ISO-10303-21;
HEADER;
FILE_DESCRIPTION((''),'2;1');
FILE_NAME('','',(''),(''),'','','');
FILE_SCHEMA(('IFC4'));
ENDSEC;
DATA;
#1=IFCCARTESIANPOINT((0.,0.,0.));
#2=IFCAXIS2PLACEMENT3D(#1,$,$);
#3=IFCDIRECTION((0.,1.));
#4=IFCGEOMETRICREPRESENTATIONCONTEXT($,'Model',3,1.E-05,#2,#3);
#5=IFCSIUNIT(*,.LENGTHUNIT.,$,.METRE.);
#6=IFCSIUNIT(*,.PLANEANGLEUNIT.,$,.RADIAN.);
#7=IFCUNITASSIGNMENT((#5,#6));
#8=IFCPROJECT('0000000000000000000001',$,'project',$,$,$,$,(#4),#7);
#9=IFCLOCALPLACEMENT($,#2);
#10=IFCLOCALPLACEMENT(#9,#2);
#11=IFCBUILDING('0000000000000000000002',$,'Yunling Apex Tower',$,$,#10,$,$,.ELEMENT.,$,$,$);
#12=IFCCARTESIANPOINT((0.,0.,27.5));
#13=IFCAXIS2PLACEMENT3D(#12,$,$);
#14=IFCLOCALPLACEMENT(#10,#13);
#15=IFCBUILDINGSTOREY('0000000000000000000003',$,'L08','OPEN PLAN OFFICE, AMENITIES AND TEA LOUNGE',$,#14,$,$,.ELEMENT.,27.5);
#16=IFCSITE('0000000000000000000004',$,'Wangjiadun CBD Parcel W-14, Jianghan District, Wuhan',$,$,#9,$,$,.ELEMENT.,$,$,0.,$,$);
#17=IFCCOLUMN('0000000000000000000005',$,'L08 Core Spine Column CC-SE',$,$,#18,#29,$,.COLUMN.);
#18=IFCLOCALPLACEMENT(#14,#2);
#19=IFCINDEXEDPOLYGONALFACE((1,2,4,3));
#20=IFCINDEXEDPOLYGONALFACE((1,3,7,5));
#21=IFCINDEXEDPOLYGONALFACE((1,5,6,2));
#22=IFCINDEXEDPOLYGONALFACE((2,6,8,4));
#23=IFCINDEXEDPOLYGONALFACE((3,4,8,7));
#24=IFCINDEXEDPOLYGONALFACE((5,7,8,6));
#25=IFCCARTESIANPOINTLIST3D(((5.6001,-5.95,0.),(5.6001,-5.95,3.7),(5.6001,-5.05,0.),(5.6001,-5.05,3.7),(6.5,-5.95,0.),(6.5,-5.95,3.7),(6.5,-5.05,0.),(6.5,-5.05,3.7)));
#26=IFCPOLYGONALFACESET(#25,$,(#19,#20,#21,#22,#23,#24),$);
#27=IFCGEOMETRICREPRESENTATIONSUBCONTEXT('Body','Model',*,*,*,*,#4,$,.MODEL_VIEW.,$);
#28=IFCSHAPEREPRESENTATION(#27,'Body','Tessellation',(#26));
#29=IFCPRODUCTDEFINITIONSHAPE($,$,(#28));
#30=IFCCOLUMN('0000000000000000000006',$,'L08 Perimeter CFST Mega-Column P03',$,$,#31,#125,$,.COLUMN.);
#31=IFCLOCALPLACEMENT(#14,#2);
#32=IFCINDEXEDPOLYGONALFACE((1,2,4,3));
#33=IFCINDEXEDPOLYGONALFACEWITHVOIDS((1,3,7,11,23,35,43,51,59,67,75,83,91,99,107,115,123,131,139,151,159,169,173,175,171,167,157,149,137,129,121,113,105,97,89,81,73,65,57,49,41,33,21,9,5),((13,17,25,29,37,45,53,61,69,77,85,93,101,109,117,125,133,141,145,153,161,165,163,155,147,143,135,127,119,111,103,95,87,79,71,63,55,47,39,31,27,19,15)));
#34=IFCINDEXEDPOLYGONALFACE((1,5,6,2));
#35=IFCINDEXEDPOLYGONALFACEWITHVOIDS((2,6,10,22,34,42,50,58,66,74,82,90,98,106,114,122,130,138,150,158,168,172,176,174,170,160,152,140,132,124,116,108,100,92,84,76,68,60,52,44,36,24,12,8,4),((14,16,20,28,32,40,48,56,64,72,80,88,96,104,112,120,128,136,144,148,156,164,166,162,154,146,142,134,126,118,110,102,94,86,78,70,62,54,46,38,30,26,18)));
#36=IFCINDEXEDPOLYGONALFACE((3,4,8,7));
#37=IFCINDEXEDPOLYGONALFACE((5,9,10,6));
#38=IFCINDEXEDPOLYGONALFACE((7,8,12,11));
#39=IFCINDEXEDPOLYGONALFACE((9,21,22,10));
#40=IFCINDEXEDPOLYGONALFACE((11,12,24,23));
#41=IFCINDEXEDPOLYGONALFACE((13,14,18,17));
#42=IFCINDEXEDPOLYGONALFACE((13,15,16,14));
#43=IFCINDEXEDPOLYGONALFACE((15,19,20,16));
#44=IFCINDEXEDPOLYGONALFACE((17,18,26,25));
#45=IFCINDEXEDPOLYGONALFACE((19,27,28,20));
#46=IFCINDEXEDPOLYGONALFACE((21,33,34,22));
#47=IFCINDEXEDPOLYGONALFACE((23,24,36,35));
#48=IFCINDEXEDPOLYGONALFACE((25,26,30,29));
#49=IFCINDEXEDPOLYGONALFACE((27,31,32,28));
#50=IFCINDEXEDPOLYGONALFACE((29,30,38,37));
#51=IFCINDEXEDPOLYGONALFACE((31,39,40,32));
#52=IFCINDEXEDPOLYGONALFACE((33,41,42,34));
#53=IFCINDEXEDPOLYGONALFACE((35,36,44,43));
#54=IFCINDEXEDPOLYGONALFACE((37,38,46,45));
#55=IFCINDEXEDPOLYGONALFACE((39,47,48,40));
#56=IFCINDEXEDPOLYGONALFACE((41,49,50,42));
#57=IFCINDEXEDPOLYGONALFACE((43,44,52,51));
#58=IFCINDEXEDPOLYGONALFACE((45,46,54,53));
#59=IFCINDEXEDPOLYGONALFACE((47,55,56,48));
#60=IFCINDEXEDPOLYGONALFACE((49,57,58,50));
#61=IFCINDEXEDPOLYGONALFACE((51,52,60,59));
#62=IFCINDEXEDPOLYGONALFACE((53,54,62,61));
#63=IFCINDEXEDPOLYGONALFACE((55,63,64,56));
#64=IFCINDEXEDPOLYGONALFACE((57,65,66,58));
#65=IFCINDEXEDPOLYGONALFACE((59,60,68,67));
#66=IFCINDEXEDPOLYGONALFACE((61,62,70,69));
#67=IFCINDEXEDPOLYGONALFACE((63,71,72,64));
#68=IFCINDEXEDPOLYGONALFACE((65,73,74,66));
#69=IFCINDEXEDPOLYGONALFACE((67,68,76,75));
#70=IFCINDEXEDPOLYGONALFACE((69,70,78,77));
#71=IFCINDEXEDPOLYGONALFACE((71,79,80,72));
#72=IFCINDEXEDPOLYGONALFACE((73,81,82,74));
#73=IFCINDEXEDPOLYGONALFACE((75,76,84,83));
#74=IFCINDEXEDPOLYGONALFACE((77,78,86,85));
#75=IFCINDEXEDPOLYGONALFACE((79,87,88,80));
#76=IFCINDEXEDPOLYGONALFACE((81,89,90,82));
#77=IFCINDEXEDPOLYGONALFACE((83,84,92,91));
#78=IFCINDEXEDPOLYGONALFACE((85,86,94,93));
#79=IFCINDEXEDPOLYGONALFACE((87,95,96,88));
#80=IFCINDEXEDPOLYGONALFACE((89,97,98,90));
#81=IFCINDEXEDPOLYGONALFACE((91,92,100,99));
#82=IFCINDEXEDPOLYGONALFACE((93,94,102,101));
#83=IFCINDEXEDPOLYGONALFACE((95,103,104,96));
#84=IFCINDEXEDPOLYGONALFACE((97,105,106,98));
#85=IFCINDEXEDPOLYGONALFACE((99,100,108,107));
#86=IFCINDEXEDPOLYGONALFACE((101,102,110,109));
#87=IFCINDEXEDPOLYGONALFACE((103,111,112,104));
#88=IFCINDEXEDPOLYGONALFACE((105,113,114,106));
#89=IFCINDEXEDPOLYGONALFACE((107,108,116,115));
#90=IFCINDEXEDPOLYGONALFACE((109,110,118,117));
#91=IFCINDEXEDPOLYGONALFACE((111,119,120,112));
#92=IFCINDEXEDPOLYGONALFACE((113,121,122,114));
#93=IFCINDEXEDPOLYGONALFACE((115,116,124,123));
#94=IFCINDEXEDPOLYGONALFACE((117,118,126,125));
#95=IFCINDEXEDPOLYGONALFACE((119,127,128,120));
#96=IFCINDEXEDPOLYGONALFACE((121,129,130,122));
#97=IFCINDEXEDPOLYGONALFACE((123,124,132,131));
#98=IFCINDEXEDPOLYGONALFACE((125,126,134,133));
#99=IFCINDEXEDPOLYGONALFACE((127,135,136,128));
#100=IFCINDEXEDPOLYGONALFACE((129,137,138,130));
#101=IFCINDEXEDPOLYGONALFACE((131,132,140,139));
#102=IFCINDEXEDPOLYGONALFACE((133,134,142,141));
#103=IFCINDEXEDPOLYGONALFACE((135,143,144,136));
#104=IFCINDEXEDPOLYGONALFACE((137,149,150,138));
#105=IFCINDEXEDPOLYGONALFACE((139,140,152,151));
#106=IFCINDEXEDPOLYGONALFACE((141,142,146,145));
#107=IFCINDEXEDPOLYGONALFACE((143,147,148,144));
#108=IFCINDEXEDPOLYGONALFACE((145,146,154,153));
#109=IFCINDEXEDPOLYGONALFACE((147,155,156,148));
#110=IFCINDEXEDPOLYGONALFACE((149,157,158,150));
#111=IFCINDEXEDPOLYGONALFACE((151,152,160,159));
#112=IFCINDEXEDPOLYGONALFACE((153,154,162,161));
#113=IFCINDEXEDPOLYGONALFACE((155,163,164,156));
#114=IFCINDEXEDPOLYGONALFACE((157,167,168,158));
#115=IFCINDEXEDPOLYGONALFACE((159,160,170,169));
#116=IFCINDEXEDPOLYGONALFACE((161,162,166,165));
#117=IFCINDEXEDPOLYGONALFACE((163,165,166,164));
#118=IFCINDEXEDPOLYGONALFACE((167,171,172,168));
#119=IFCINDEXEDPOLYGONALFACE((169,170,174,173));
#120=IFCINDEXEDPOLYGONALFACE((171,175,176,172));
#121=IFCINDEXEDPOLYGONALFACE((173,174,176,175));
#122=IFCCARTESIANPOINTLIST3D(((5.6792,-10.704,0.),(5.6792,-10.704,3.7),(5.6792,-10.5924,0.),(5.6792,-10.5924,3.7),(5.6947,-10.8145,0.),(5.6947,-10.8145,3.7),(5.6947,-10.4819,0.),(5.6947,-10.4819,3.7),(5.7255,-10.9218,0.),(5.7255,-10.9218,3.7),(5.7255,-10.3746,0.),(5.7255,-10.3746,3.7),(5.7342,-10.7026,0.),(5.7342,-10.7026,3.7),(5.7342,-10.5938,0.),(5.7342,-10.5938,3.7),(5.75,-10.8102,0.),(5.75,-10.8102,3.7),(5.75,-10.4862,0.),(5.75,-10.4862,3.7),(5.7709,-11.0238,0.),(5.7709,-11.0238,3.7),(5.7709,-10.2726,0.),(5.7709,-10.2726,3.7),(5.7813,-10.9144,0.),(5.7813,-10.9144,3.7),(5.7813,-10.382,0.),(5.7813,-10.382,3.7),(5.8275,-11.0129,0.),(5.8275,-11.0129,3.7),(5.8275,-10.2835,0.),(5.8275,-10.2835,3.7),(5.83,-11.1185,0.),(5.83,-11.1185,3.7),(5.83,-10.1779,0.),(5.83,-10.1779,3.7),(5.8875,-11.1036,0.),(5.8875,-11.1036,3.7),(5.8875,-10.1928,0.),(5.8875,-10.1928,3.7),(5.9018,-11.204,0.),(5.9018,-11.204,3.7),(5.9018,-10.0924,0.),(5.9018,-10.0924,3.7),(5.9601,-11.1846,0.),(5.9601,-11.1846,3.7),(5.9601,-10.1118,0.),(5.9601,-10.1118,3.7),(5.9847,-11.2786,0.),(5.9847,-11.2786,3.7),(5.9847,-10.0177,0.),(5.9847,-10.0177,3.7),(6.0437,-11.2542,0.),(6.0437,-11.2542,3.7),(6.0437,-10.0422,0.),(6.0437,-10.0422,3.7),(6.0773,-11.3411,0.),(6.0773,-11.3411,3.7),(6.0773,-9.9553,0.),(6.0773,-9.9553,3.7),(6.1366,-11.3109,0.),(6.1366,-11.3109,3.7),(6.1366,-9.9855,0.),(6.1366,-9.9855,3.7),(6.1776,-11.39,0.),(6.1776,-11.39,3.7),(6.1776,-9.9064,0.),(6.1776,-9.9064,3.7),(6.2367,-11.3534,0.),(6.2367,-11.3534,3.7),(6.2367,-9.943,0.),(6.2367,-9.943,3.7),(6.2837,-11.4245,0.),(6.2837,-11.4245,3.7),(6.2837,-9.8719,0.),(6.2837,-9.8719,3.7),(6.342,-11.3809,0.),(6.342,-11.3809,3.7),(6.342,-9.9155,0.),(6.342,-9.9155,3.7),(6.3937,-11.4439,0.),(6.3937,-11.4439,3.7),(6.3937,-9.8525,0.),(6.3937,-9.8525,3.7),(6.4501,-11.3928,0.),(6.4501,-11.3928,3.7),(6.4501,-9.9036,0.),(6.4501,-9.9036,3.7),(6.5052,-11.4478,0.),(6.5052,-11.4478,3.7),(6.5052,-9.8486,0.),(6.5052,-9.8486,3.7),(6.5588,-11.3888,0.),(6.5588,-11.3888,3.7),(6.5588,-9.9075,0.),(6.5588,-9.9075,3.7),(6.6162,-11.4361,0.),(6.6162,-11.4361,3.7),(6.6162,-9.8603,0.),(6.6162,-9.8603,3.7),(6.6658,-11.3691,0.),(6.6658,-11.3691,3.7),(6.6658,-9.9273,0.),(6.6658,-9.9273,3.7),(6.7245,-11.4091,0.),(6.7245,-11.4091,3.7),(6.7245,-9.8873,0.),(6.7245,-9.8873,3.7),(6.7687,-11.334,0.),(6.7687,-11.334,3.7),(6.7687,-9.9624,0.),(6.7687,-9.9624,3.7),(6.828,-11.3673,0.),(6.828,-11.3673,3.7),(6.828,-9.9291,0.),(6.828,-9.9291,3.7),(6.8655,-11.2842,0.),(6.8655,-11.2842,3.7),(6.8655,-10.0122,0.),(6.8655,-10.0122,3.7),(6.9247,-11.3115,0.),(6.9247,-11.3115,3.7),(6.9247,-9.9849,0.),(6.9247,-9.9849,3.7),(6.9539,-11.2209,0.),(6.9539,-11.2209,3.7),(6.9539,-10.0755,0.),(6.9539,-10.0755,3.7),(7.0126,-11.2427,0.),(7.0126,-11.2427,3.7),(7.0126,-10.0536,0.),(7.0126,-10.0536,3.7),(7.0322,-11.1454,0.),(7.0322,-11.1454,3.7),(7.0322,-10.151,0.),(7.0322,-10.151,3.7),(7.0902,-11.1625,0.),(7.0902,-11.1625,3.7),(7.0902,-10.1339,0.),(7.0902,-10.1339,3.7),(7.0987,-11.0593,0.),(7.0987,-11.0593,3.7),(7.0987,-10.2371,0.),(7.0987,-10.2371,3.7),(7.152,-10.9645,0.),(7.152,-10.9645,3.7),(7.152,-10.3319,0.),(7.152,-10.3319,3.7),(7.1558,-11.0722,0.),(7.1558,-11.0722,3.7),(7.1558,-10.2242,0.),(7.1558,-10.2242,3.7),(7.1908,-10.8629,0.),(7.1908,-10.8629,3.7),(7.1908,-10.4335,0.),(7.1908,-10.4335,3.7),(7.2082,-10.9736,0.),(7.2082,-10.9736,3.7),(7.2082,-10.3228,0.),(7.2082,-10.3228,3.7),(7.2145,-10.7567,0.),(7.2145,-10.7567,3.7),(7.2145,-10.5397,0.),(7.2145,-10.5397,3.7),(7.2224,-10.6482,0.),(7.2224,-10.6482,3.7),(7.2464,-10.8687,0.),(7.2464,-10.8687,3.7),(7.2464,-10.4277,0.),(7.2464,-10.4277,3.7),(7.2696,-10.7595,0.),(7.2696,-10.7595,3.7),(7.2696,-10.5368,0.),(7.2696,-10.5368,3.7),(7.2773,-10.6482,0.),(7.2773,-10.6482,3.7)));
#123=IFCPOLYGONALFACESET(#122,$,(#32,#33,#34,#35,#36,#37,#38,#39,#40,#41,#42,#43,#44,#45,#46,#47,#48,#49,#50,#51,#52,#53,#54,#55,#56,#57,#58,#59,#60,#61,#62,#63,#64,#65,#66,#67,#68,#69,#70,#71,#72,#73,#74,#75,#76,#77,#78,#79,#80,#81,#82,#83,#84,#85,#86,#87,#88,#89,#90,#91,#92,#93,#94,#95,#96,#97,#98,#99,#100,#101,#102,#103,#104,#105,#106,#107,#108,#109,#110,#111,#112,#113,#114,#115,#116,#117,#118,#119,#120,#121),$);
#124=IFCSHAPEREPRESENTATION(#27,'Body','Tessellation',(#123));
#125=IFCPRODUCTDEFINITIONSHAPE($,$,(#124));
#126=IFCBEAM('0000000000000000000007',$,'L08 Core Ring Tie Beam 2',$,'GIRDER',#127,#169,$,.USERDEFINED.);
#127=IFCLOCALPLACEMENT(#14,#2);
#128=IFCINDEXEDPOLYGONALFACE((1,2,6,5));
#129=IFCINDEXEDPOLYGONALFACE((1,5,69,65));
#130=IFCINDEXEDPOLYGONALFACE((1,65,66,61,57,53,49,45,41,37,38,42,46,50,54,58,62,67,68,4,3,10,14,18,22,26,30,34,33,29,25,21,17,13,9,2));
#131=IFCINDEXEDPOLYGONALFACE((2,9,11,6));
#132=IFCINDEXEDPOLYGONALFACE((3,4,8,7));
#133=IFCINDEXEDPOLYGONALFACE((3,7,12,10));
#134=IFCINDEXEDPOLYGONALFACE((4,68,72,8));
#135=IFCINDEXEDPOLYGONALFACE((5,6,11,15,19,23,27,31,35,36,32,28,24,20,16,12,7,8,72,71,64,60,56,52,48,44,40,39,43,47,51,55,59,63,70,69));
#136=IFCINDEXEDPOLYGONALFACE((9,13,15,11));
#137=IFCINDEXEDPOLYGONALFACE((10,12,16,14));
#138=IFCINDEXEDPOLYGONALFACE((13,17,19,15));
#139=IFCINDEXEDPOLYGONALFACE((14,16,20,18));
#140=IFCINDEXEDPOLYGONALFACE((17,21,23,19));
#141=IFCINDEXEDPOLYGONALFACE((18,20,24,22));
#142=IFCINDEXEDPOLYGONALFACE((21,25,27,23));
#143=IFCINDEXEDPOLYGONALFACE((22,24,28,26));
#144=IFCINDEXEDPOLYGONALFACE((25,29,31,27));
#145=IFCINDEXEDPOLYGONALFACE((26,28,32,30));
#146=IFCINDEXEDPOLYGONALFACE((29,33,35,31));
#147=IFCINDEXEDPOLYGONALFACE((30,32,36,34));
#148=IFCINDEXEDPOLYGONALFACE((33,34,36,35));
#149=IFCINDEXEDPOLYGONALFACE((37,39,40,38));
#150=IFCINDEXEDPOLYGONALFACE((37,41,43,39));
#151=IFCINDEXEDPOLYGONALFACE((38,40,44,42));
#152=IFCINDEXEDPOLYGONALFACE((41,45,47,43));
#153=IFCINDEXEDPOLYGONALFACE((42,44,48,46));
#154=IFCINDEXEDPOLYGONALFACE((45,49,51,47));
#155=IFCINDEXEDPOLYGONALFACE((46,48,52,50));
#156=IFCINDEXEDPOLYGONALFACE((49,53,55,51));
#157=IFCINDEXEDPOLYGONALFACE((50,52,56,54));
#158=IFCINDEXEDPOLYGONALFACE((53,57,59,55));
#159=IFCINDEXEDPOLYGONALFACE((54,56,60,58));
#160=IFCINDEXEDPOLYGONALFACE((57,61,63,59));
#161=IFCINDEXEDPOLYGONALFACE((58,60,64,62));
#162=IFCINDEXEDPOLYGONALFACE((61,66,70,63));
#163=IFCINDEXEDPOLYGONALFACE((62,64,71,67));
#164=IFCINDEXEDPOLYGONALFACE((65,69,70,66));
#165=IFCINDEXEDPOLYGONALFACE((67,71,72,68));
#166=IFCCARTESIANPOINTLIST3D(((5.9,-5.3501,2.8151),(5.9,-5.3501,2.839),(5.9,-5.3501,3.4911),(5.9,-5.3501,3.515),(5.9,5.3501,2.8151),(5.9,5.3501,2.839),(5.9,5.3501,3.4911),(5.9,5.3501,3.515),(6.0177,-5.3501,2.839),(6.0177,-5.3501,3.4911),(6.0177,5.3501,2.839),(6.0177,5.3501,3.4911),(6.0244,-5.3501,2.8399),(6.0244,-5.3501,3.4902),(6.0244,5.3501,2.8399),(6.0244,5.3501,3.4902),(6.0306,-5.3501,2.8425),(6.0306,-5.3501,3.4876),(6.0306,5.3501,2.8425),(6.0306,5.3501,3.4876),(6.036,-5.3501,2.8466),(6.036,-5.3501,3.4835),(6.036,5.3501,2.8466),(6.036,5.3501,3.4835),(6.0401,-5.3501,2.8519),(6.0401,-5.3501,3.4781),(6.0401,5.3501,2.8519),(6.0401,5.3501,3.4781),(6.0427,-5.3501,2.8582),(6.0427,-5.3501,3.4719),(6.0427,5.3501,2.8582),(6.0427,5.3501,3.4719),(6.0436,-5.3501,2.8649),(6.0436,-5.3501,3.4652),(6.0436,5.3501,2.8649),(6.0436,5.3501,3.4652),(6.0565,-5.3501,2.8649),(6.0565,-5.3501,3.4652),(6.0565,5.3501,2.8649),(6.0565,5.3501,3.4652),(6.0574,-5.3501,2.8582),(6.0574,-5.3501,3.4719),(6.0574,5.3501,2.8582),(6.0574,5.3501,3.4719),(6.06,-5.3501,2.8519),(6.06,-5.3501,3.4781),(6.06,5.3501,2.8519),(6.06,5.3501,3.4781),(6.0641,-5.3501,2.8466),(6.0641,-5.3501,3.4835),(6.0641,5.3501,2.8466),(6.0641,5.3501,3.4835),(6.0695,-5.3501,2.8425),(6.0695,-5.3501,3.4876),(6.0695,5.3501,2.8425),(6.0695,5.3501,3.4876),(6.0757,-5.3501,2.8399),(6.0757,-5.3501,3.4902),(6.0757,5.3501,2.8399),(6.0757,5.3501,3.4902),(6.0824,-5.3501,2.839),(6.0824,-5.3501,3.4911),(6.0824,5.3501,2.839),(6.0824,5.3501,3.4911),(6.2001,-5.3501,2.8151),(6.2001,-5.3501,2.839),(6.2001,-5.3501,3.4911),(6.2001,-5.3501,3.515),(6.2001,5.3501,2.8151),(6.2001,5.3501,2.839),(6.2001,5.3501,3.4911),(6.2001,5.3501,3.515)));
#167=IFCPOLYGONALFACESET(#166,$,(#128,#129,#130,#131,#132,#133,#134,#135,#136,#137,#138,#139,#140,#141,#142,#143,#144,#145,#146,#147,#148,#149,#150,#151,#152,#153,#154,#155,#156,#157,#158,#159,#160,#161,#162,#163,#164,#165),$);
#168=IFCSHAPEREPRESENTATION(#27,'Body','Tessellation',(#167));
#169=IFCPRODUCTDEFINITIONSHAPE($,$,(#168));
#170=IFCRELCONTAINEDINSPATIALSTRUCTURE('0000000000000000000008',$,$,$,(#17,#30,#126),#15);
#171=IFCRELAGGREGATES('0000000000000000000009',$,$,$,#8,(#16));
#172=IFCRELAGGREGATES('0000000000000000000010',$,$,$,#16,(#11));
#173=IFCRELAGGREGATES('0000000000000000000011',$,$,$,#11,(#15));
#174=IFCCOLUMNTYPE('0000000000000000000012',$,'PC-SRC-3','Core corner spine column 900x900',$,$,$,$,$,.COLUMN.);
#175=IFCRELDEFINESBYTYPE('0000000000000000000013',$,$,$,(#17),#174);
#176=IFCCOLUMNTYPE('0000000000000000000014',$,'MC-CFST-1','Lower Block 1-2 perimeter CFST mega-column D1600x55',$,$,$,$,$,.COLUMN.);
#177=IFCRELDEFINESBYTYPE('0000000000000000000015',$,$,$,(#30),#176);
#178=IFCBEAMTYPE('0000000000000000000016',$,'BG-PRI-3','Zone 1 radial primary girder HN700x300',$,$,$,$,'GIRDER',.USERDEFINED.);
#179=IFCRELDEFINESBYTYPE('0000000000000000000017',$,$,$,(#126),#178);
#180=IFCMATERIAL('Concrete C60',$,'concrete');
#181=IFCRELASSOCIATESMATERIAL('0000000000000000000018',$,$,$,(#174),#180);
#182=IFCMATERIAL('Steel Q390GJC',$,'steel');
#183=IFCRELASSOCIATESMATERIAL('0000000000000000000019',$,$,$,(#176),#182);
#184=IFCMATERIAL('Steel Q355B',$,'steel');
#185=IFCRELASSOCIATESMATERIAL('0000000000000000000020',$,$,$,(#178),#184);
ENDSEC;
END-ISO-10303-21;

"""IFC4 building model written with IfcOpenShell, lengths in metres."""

from ifc_helpers import new_model, si_unit, direction, frame, origin, origin_2d, place, context, subcontext, project, spatial, rectangle, hollow_circle, i_section, extrude, source, transform, mapped, material, material_profile, profile_set, type_object, element, save


model = new_model("IFC4")

# Units and contexts
model_context = context("Model", 3, precision=1e-05, world=origin(), true_north=direction((0.0, 1.0)))
body_context = subcontext(model_context, "Body", "Model", "MODEL_VIEW")
ifc_project = project(units=[si_unit("LENGTHUNIT", "METRE"), si_unit("PLANEANGLEUNIT", "RADIAN")], contexts=[model_context])

# Site, building, storey
site_placement = place(None, origin())
site = spatial("IfcSite", under=ifc_project, at=site_placement, Name="Wangjiadun CBD Parcel W-14, Jianghan District, Wuhan", CompositionType="ELEMENT", RefElevation=0.0)
building_placement = place(site_placement, origin())
building = spatial("IfcBuilding", under=site, at=building_placement, Name="Yunling Apex Tower", CompositionType="ELEMENT")
storey_placement = place(building_placement, frame((0.0, 0.0, 27.5)))
storey = spatial("IfcBuildingStorey", under=building, at=storey_placement, Name="L08", Description="OPEN PLAN OFFICE, AMENITIES AND TEA LOUNGE", CompositionType="ELEMENT", Elevation=27.5)

# Columns
ifc_material_1 = material(Name="Concrete C60", Category="concrete")
ifc_material_profile_1 = material_profile(ifc_material_1, rectangle(XDim=0.8999, YDim=0.8999, at=origin_2d()))
ifc_profile_set_1 = profile_set([ifc_material_profile_1], Name="Concrete C60")
column_type_1 = type_object("IfcColumnType", Name="PC-SRC-3", Description="Core corner spine column 900x900", PredefinedType="COLUMN", material=ifc_profile_set_1)
shared_shape_1 = source(origin(), body_context, "Body", "SweptSolid", [
    extrude(rectangle(XDim=0.8999, YDim=0.8999, at=origin_2d()), origin(), (0.0, 0.0, 1.0), 3.7),
])
column_1_placement = place(storey_placement, frame((6.05, -5.5, 0.0), z_axis=(0.0, 0.0, 1.0), x_axis=(1.0, 0.0, 0.0)))
element("IfcColumn", 1, at=column_1_placement, inside=storey, type_object=column_type_1, Name="L08 Core Spine Column CC-SE", PredefinedType="COLUMN", context=body_context, shape_type="MappedRepresentation", body=[
    mapped(shared_shape_1, transform((0.0, 0.0, 0.0), scale=1.0)),
])
ifc_material_2 = material(Name="Steel Q390GJC", Category="steel")
ifc_material_profile_2 = material_profile(ifc_material_2, hollow_circle(Radius=0.8, WallThickness=0.0549, at=origin_2d()))
ifc_profile_set_2 = profile_set([ifc_material_profile_2], Name="Steel Q390GJC")
column_type_2 = type_object("IfcColumnType", Name="MC-CFST-1", Description="Lower Block 1-2 perimeter CFST mega-column D1600x55", PredefinedType="COLUMN", material=ifc_profile_set_2)
shared_shape_2 = source(origin(), body_context, "Body", "SweptSolid", [
    extrude(hollow_circle(Radius=0.8, WallThickness=0.0549, at=origin_2d()), origin(), (0.0, 0.0, 1.0), 3.7),
])
column_2_placement = place(storey_placement, frame((6.4773, -10.6482, 0.0), z_axis=(0.0, 0.0, 1.0), x_axis=(1.0, 0.0, 0.0)))
element("IfcColumn", 2, at=column_2_placement, inside=storey, type_object=column_type_2, Name="L08 Perimeter CFST Mega-Column P03", PredefinedType="COLUMN", context=body_context, shape_type="MappedRepresentation", body=[
    mapped(shared_shape_2, transform((0.0, 0.0, 0.0), scale=1.0)),
])

# Beam
ifc_material_3 = material(Name="Steel Q355B", Category="steel")
ifc_material_profile_3 = material_profile(ifc_material_3, i_section(OverallWidth=0.3, OverallDepth=0.7, WebThickness=0.0129, FlangeThickness=0.0239, FilletRadius=0.0259, at=origin_2d()))
ifc_profile_set_3 = profile_set([ifc_material_profile_3], Name="Steel Q355B")
beam_type_1 = type_object("IfcBeamType", Name="BG-PRI-3", Description="Zone 1 radial primary girder HN700x300", ElementType="GIRDER", PredefinedType="USERDEFINED", material=ifc_profile_set_3)
shared_shape_3 = source(origin(), body_context, "Body", "SweptSolid", [
    extrude(i_section(OverallWidth=0.3, OverallDepth=0.7, WebThickness=0.0129, FlangeThickness=0.0239, FilletRadius=0.0259, at=origin_2d()), origin(), (0.0, 0.0, 1.0), 10.7002),
])
beam_1_placement = place(storey_placement, frame((6.05, -5.3501, 3.165), z_axis=(0.0, 1.0, 0.0), x_axis=(-1.0, 0.0, 0.0)))
element("IfcBeam", 3, at=beam_1_placement, inside=storey, type_object=beam_type_1, Name="L08 Core Ring Tie Beam 2", ObjectType="GIRDER", PredefinedType="USERDEFINED", context=body_context, shape_type="MappedRepresentation", body=[
    mapped(shared_shape_3, transform((0.0, 0.0, 0.0), scale=1.0)),
])

save(model, "model.ifc")
